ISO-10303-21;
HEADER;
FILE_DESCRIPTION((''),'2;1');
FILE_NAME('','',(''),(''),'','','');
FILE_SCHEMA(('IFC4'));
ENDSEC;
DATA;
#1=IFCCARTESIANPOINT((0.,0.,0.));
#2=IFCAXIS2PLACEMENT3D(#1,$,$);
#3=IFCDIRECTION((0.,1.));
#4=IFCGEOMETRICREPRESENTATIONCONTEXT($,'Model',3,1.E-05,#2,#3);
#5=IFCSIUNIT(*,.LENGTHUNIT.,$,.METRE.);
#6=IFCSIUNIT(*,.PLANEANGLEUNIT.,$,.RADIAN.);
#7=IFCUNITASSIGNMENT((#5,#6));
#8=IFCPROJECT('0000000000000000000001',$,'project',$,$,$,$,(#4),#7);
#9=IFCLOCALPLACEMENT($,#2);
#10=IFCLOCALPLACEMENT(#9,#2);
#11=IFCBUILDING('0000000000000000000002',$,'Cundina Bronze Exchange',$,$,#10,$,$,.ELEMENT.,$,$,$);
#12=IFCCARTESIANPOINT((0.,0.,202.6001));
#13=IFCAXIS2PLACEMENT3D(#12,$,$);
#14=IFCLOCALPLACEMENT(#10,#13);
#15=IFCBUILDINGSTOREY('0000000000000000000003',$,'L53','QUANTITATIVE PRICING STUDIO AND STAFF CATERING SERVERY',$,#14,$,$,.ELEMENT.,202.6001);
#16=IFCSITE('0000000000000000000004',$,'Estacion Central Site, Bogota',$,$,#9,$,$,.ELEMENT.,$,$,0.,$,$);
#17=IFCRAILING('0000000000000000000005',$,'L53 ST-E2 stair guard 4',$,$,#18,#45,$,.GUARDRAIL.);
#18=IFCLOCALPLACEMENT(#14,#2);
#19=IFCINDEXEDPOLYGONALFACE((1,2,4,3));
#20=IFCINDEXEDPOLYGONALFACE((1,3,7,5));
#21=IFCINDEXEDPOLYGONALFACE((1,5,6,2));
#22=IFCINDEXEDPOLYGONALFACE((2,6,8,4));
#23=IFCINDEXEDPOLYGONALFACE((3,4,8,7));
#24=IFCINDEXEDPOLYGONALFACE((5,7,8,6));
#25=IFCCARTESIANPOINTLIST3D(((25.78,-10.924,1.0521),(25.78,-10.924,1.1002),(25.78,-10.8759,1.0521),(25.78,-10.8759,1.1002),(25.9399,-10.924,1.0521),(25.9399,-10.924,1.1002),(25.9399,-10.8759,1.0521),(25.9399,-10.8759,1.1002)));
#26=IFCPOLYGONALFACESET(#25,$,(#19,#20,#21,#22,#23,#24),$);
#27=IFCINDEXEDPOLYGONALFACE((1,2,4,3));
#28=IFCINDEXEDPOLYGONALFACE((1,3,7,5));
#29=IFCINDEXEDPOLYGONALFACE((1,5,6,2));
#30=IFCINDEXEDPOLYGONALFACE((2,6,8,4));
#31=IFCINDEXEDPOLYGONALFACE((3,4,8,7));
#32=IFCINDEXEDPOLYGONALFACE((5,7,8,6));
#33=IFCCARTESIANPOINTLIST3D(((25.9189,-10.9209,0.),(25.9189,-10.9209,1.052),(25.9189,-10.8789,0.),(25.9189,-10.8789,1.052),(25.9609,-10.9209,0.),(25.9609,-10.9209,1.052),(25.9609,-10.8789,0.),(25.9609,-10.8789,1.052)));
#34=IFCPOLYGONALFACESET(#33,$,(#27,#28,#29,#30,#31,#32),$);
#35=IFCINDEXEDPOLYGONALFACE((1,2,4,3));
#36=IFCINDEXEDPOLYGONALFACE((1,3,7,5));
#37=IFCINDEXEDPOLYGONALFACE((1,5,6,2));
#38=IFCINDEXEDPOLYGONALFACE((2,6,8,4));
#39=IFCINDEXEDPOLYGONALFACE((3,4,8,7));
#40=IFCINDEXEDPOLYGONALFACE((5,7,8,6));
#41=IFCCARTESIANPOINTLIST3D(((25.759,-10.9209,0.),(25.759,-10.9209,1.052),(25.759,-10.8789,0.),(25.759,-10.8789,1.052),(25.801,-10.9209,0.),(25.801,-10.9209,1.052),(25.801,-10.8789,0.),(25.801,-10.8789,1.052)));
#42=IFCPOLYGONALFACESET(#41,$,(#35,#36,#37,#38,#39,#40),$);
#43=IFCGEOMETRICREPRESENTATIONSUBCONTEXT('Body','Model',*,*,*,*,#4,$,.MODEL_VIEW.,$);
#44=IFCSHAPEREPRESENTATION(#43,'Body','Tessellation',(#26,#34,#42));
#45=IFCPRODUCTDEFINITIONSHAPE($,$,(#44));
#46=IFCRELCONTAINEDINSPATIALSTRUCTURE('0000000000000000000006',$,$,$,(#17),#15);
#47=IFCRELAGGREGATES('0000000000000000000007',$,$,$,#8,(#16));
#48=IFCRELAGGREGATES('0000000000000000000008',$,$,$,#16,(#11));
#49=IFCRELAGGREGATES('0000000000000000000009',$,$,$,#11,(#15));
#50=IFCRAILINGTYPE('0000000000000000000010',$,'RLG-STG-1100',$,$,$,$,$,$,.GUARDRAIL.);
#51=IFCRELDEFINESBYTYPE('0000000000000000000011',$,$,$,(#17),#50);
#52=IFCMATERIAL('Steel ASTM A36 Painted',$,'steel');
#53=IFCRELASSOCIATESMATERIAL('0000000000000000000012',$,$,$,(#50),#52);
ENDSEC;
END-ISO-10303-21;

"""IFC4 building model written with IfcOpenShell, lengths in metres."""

from ifc_helpers import new_model, si_unit, direction, frame, origin, origin_2d, place, context, subcontext, project, spatial, rectangle, extrude, material, type_object, element, save


model = new_model("IFC4")

# Units and contexts
model_context = context("Model", 3, precision=1e-05, world=origin(), true_north=direction((0.0, 1.0)))
body_context = subcontext(model_context, "Body", "Model", "MODEL_VIEW")
ifc_project = project(units=[si_unit("LENGTHUNIT", "METRE"), si_unit("PLANEANGLEUNIT", "RADIAN")], contexts=[model_context])

# Site, building, storey
site_placement = place(None, origin())
site = spatial("IfcSite", under=ifc_project, at=site_placement, Name="Estacion Central Site, Bogota", CompositionType="ELEMENT", RefElevation=0.0)
building_placement = place(site_placement, origin())
building = spatial("IfcBuilding", under=site, at=building_placement, Name="Cundina Bronze Exchange", CompositionType="ELEMENT")
storey_placement = place(building_placement, frame((0.0, 0.0, 202.6001)))
storey = spatial("IfcBuildingStorey", under=building, at=storey_placement, Name="L53", Description="QUANTITATIVE PRICING STUDIO AND STAFF CATERING SERVERY", CompositionType="ELEMENT", Elevation=202.6001)

# Shared definitions
ifc_material_1 = material(Name="Steel ASTM A36 Painted", Category="steel")

# Railing
railing_type_1 = type_object("IfcRailingType", Name="RLG-STG-1100", PredefinedType="GUARDRAIL", material=ifc_material_1)
railing_1_placement = place(storey_placement, frame((25.9399, -10.8999, 0.0)))
element("IfcRailing", 1, at=railing_1_placement, inside=storey, type_object=railing_type_1, Name="L53 ST-E2 stair guard 4", PredefinedType="GUARDRAIL", context=body_context, shape_type="SweptSolid", body=[
    extrude(rectangle(XDim=0.0481, YDim=0.0481, at=origin_2d()), frame((0.0, 0.0, 1.0762), z_axis=(-1.0, 0.0, 0.0), x_axis=(0.0, -1.0, 0.0)), (0.0, 0.0, 1.0), 0.1599),
    extrude(rectangle(XDim=0.042, YDim=0.042, at=origin_2d()), origin(), (0.0, 0.0, 1.0), 1.052),
    extrude(rectangle(XDim=0.042, YDim=0.042, at=origin_2d()), frame((-0.1599, 0.0, 0.0)), (0.0, 0.0, 1.0), 1.052),
])

save(model, "model.ifc")
